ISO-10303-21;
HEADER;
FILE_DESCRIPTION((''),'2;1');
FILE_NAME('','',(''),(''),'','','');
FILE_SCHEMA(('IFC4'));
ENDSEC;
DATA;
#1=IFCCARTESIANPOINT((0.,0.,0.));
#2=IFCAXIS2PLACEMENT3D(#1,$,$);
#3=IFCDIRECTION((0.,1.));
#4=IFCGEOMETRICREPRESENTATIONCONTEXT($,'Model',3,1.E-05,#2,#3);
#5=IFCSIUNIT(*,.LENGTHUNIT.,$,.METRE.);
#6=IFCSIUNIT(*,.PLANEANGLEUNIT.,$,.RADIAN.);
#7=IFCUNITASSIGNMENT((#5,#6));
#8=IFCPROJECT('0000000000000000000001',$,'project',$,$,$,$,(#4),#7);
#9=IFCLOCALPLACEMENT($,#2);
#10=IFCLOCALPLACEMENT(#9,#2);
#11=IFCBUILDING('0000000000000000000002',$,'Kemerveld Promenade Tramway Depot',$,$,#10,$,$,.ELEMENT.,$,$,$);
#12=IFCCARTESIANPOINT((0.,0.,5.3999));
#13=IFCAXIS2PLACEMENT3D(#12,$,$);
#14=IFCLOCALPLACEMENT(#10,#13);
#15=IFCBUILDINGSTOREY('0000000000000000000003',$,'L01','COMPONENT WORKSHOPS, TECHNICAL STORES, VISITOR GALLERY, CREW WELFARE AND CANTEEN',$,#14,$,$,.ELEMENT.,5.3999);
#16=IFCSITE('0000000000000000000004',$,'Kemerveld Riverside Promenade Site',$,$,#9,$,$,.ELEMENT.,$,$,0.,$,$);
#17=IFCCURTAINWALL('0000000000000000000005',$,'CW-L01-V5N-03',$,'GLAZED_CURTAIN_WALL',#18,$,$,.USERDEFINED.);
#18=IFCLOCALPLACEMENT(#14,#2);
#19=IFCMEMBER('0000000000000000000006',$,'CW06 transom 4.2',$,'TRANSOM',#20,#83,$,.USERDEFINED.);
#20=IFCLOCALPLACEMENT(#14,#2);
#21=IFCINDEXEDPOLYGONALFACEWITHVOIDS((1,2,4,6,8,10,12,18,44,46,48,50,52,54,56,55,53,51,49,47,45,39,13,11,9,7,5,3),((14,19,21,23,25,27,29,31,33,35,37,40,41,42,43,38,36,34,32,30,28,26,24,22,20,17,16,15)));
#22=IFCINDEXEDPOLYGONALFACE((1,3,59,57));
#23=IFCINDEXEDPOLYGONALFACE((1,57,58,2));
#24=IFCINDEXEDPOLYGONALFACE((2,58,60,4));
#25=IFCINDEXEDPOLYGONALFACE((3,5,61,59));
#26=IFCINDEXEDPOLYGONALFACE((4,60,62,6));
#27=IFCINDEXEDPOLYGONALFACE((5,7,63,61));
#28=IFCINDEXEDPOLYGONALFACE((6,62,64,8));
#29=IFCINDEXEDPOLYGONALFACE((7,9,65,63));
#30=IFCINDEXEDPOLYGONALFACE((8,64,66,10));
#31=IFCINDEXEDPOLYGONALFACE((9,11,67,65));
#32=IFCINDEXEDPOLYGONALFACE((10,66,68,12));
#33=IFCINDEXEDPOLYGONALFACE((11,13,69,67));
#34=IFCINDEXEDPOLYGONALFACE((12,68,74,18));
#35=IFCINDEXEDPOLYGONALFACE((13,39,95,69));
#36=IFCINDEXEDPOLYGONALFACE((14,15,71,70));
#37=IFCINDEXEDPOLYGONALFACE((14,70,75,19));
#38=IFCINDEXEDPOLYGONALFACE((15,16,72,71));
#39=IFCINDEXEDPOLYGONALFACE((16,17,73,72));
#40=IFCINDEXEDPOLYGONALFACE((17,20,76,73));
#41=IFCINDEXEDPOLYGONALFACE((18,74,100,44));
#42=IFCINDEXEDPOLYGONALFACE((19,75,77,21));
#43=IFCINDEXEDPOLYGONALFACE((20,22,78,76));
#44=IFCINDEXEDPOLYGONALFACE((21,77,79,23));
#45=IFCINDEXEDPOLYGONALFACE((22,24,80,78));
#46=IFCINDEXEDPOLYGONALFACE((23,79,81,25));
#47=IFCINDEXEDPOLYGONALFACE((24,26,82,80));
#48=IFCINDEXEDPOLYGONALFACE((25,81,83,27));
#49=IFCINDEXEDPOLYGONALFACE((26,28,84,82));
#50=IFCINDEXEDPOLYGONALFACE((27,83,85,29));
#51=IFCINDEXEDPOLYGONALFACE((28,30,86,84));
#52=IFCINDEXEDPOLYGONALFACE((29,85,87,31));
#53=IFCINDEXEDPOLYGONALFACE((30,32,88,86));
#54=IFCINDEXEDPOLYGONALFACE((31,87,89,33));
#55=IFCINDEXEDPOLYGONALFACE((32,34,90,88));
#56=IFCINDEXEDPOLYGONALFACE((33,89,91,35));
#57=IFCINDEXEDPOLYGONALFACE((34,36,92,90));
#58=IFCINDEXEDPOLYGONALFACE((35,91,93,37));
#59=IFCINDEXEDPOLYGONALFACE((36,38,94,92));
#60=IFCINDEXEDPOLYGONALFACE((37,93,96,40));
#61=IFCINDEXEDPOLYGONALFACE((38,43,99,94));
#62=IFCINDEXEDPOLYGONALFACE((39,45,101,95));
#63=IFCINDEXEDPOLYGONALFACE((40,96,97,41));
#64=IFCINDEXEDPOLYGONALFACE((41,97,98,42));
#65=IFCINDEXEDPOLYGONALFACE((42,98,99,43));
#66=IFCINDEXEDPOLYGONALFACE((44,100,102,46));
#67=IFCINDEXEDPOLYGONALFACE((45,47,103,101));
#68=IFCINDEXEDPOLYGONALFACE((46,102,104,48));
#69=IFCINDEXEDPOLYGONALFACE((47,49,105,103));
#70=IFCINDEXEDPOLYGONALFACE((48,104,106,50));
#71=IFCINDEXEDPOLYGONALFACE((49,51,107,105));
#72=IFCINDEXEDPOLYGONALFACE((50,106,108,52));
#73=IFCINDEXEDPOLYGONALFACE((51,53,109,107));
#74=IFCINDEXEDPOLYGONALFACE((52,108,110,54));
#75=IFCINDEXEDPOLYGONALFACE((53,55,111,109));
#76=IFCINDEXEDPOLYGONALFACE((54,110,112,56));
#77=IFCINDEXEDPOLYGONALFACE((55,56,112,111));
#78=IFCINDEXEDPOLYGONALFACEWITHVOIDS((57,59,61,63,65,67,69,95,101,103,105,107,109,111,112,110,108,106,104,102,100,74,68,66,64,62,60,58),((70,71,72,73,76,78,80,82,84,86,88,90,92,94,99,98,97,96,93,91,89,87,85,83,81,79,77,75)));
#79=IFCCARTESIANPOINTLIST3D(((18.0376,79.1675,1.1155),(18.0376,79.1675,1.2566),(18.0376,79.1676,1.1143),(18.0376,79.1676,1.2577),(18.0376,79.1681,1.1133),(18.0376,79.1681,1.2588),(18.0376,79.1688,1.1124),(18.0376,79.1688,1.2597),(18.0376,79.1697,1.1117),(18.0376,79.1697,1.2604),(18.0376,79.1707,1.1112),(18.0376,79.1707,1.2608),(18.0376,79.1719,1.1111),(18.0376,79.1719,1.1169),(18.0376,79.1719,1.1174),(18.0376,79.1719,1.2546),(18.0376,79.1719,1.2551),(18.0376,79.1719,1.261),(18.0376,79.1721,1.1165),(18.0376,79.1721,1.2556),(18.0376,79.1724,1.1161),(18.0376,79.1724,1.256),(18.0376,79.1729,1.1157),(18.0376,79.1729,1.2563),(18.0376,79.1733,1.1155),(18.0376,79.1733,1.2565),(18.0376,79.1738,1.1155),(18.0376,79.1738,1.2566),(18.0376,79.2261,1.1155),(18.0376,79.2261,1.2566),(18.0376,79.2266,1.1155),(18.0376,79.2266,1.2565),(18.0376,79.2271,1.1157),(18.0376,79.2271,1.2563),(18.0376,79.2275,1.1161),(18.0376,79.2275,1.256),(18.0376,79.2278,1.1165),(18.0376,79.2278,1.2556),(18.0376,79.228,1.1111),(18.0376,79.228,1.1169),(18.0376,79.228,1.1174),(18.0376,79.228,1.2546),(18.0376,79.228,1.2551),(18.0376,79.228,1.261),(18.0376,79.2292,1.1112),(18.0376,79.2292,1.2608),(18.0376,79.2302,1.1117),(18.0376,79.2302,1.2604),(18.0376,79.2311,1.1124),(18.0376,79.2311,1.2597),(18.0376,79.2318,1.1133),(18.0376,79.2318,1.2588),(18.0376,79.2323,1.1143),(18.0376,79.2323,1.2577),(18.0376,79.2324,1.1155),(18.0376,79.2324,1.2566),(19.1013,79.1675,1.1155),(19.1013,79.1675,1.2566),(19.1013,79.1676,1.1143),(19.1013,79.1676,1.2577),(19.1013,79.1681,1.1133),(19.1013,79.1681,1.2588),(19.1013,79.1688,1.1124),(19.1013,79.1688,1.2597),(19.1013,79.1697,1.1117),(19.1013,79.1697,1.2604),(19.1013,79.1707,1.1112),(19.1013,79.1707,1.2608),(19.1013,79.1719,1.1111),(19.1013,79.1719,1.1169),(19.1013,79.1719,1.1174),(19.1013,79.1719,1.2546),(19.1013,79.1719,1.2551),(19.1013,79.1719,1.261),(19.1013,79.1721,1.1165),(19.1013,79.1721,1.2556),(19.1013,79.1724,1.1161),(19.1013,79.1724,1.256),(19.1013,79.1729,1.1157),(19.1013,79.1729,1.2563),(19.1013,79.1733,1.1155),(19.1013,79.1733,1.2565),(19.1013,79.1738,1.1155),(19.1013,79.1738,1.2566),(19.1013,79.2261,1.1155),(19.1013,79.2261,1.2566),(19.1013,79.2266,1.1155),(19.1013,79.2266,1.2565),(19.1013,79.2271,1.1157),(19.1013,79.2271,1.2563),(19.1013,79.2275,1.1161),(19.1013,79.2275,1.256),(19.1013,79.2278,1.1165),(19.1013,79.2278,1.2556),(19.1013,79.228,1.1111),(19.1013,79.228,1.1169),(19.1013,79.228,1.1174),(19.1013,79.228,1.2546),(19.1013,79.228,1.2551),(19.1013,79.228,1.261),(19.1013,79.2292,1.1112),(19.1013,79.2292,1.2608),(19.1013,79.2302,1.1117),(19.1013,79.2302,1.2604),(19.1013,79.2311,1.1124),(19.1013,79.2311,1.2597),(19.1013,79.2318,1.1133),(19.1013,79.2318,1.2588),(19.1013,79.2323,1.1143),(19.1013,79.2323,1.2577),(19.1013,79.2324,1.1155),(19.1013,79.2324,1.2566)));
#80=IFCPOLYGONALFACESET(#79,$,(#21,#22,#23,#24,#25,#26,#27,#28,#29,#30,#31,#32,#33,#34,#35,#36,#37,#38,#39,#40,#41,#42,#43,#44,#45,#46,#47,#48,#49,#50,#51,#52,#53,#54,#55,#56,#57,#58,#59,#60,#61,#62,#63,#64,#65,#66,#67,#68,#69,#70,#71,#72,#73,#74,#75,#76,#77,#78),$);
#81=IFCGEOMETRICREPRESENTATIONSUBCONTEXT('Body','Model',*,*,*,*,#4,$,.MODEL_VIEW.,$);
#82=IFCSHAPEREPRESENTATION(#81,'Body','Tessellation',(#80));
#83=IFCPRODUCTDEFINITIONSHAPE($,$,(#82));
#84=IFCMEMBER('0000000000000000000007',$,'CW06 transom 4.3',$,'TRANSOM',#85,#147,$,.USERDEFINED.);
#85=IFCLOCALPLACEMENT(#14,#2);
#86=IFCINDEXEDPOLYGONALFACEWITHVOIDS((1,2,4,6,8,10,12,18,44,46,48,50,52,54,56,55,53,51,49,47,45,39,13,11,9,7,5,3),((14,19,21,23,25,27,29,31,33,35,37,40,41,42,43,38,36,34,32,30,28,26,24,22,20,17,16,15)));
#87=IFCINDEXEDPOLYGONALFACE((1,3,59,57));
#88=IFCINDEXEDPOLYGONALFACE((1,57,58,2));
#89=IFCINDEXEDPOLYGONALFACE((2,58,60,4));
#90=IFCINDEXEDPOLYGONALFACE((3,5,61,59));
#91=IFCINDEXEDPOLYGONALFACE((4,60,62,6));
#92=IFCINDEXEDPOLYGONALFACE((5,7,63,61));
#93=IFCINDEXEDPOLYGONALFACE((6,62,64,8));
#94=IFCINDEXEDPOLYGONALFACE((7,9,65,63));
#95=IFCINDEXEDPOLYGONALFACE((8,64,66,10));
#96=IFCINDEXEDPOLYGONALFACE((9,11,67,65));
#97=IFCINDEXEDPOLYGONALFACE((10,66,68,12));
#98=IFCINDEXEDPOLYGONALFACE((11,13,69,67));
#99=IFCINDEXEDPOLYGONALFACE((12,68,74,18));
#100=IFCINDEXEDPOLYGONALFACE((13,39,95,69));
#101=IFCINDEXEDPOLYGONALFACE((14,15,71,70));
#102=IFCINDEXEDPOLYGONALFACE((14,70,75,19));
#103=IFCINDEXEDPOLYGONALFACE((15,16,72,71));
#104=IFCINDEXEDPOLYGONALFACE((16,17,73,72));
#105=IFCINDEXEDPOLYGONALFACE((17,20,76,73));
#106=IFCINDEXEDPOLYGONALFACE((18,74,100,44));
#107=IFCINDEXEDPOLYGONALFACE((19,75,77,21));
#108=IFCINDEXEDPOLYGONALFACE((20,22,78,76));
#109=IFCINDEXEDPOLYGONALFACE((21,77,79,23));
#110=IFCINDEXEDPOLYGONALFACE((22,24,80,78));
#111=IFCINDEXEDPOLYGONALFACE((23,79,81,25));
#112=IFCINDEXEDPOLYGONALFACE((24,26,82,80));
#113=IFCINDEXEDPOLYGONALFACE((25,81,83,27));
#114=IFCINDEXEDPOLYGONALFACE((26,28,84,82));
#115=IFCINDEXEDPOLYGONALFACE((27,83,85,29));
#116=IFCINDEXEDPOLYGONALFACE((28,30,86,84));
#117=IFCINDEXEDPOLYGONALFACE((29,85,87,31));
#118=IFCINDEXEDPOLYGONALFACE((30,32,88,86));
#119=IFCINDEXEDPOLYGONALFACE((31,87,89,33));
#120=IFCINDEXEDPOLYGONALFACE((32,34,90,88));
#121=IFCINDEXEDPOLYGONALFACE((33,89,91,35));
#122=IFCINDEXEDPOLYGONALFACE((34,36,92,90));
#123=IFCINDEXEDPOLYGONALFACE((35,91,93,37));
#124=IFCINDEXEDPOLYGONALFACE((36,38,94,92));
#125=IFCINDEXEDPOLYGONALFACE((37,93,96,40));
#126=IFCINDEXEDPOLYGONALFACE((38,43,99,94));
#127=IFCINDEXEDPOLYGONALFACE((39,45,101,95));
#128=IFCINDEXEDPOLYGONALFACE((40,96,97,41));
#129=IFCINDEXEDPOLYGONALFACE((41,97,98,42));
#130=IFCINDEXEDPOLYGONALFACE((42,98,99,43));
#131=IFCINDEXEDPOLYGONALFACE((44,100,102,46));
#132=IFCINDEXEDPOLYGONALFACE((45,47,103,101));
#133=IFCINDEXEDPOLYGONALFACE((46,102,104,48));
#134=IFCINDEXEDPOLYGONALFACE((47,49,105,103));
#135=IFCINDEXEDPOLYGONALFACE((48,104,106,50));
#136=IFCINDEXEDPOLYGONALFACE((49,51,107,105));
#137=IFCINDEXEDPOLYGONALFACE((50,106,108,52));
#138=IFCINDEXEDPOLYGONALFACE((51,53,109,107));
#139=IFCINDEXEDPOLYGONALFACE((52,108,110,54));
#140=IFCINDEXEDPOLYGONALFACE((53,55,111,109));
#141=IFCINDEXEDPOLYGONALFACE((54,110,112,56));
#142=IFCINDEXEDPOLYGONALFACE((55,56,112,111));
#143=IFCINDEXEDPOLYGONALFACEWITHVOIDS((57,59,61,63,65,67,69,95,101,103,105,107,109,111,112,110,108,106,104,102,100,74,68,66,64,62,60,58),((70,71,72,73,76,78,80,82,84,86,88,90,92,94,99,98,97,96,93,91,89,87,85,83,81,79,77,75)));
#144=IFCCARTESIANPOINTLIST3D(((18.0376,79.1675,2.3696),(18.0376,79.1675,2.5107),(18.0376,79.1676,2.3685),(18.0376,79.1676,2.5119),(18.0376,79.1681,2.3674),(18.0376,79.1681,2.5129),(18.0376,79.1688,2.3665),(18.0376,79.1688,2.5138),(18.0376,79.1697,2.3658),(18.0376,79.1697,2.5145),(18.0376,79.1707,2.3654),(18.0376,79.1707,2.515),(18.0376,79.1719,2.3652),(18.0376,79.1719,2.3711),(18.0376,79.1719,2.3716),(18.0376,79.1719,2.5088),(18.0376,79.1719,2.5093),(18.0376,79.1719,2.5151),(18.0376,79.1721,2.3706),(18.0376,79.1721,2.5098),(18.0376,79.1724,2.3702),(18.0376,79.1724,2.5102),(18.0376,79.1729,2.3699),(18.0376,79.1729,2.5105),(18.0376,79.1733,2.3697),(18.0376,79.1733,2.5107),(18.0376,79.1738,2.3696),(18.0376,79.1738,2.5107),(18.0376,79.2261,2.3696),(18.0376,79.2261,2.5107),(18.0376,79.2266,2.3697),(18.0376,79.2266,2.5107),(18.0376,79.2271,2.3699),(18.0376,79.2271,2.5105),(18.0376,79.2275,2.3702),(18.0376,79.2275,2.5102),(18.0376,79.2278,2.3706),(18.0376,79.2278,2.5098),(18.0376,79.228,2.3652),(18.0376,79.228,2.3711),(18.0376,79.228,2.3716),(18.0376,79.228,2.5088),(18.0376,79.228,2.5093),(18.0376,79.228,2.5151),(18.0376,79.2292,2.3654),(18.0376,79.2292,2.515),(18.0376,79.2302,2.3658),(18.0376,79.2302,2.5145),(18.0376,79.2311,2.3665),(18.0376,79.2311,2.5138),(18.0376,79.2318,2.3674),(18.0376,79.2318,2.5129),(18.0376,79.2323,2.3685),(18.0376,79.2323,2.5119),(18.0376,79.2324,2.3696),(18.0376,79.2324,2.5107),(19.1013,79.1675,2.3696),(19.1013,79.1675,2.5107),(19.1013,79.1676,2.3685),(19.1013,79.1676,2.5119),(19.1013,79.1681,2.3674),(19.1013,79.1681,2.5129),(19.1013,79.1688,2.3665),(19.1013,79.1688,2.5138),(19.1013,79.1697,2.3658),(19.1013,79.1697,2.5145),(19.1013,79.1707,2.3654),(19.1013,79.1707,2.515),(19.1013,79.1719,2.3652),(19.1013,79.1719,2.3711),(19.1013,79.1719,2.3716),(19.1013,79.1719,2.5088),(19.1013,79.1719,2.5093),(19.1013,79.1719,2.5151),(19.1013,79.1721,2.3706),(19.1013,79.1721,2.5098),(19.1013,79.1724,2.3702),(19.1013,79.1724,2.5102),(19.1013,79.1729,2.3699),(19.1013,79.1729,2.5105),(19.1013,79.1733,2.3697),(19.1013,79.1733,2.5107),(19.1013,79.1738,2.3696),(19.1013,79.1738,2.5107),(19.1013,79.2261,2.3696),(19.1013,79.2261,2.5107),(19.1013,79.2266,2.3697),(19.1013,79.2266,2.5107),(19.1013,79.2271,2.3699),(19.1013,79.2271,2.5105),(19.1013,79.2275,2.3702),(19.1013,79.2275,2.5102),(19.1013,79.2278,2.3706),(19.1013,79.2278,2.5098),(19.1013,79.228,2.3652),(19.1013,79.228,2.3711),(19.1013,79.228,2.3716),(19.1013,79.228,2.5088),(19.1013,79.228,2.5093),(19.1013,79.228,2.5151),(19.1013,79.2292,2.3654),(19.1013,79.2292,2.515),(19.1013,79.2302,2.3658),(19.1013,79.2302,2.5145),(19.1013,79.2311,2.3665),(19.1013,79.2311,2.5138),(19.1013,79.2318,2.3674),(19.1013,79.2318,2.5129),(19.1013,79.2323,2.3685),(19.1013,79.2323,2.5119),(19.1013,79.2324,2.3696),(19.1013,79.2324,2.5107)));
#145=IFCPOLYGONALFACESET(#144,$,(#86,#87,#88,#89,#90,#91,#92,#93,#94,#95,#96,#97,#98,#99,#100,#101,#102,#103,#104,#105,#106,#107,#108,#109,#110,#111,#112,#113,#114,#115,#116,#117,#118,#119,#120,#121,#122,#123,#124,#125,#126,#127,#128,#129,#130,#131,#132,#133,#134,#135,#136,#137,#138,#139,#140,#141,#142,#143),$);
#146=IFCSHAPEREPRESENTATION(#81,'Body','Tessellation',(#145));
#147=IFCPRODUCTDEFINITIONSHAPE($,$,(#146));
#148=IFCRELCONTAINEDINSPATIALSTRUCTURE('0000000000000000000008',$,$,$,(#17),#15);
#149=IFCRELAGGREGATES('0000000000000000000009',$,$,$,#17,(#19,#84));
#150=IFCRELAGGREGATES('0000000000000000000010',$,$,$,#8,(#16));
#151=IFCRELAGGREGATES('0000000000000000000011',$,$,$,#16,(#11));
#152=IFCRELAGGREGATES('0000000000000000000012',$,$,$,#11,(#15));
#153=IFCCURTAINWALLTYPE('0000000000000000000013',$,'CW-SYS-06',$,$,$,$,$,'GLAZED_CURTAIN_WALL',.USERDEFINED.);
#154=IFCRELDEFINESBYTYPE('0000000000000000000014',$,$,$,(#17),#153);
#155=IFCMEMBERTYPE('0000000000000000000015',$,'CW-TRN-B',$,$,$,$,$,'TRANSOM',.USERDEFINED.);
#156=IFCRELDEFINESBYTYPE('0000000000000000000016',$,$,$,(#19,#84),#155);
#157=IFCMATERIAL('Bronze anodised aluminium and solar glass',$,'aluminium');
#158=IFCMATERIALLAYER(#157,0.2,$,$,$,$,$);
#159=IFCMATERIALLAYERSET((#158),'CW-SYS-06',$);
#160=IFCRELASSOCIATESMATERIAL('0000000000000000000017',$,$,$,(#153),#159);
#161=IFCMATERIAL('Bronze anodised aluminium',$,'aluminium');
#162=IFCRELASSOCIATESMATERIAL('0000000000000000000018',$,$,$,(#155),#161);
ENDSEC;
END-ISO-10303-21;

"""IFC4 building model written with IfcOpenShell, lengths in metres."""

from ifc_helpers import new_model, si_unit, direction, frame, origin, origin_2d, place, context, subcontext, project, spatial, hollow_rectangle, extrude, material, layer, layer_set, material_profile, profile_set, type_object, element, aggregate, save


model = new_model("IFC4")

# Units and contexts
model_context = context("Model", 3, precision=1e-05, world=origin(), true_north=direction((0.0, 1.0)))
body_context = subcontext(model_context, "Body", "Model", "MODEL_VIEW")
ifc_project = project(units=[si_unit("LENGTHUNIT", "METRE"), si_unit("PLANEANGLEUNIT", "RADIAN")], contexts=[model_context])

# Site, building, storey
site_placement = place(None, origin())
site = spatial("IfcSite", under=ifc_project, at=site_placement, Name="Kemerveld Riverside Promenade Site", CompositionType="ELEMENT", RefElevation=0.0)
building_placement = place(site_placement, origin())
building = spatial("IfcBuilding", under=site, at=building_placement, Name="Kemerveld Promenade Tramway Depot", CompositionType="ELEMENT")
storey_placement = place(building_placement, frame((0.0, 0.0, 5.3999)))
storey = spatial("IfcBuildingStorey", under=building, at=storey_placement, Name="L01", Description="COMPONENT WORKSHOPS, TECHNICAL STORES, VISITOR GALLERY, CREW WELFARE AND CANTEEN", CompositionType="ELEMENT", Elevation=5.3999)

# Curtain wall, members
ifc_material_1 = material(Name="Bronze anodised aluminium and solar glass", Category="aluminium")
ifc_layer_1 = layer(ifc_material_1, 0.2)
ifc_layer_set_1 = layer_set([ifc_layer_1], Name="CW-SYS-06")
curtain_wall_type = type_object("IfcCurtainWallType", Name="CW-SYS-06", ElementType="GLAZED_CURTAIN_WALL", PredefinedType="USERDEFINED", material=ifc_layer_set_1)
curtain_wall_placement = place(storey_placement, origin())
curtain_wall = element("IfcCurtainWall", 1, at=curtain_wall_placement, inside=storey, type_object=curtain_wall_type, Name="CW-L01-V5N-03", ObjectType="GLAZED_CURTAIN_WALL", PredefinedType="USERDEFINED")
ifc_material_2 = material(Name="Bronze anodised aluminium", Category="aluminium")
ifc_material_profile_1 = material_profile(ifc_material_2, hollow_rectangle(XDim=0.0649, YDim=0.1499, WallThickness=0.0044, InnerFilletRadius=0.002, OuterFilletRadius=0.0044, at=origin_2d()), Name="CW-TRN-150x65")
ifc_profile_set_1 = profile_set([ifc_material_profile_1], Name="Bronze anodised aluminium")
member_type_1 = type_object("IfcMemberType", Name="CW-TRN-B", ElementType="TRANSOM", PredefinedType="USERDEFINED", material=ifc_profile_set_1)
member_1_placement = place(storey_placement, frame((18.0376, 79.2, 1.186), z_axis=(1.0, 0.0, 0.0), x_axis=(0.0, 1.0, 0.0)))
member_1 = element("IfcMember", 2, at=member_1_placement, type_object=member_type_1, Name="CW06 transom 4.2", ObjectType="TRANSOM", PredefinedType="USERDEFINED", context=body_context, shape_type="SweptSolid", body=[
    extrude(hollow_rectangle(XDim=0.0649, YDim=0.1499, WallThickness=0.0044, InnerFilletRadius=0.002, OuterFilletRadius=0.0044, at=origin_2d()), origin(), (0.0, 0.0, 1.0), 1.0637),
])
member_2_placement = place(storey_placement, frame((18.0376, 79.2, 2.4402), z_axis=(1.0, 0.0, 0.0), x_axis=(0.0, 1.0, 0.0)))
member_2 = element("IfcMember", 3, at=member_2_placement, type_object=member_type_1, Name="CW06 transom 4.3", ObjectType="TRANSOM", PredefinedType="USERDEFINED", context=body_context, shape_type="SweptSolid", body=[
    extrude(hollow_rectangle(XDim=0.0649, YDim=0.1499, WallThickness=0.0044, InnerFilletRadius=0.002, OuterFilletRadius=0.0044, at=origin_2d()), origin(), (0.0, 0.0, 1.0), 1.0637),
])
aggregate(curtain_wall, [member_1, member_2])

save(model, "model.ifc")
